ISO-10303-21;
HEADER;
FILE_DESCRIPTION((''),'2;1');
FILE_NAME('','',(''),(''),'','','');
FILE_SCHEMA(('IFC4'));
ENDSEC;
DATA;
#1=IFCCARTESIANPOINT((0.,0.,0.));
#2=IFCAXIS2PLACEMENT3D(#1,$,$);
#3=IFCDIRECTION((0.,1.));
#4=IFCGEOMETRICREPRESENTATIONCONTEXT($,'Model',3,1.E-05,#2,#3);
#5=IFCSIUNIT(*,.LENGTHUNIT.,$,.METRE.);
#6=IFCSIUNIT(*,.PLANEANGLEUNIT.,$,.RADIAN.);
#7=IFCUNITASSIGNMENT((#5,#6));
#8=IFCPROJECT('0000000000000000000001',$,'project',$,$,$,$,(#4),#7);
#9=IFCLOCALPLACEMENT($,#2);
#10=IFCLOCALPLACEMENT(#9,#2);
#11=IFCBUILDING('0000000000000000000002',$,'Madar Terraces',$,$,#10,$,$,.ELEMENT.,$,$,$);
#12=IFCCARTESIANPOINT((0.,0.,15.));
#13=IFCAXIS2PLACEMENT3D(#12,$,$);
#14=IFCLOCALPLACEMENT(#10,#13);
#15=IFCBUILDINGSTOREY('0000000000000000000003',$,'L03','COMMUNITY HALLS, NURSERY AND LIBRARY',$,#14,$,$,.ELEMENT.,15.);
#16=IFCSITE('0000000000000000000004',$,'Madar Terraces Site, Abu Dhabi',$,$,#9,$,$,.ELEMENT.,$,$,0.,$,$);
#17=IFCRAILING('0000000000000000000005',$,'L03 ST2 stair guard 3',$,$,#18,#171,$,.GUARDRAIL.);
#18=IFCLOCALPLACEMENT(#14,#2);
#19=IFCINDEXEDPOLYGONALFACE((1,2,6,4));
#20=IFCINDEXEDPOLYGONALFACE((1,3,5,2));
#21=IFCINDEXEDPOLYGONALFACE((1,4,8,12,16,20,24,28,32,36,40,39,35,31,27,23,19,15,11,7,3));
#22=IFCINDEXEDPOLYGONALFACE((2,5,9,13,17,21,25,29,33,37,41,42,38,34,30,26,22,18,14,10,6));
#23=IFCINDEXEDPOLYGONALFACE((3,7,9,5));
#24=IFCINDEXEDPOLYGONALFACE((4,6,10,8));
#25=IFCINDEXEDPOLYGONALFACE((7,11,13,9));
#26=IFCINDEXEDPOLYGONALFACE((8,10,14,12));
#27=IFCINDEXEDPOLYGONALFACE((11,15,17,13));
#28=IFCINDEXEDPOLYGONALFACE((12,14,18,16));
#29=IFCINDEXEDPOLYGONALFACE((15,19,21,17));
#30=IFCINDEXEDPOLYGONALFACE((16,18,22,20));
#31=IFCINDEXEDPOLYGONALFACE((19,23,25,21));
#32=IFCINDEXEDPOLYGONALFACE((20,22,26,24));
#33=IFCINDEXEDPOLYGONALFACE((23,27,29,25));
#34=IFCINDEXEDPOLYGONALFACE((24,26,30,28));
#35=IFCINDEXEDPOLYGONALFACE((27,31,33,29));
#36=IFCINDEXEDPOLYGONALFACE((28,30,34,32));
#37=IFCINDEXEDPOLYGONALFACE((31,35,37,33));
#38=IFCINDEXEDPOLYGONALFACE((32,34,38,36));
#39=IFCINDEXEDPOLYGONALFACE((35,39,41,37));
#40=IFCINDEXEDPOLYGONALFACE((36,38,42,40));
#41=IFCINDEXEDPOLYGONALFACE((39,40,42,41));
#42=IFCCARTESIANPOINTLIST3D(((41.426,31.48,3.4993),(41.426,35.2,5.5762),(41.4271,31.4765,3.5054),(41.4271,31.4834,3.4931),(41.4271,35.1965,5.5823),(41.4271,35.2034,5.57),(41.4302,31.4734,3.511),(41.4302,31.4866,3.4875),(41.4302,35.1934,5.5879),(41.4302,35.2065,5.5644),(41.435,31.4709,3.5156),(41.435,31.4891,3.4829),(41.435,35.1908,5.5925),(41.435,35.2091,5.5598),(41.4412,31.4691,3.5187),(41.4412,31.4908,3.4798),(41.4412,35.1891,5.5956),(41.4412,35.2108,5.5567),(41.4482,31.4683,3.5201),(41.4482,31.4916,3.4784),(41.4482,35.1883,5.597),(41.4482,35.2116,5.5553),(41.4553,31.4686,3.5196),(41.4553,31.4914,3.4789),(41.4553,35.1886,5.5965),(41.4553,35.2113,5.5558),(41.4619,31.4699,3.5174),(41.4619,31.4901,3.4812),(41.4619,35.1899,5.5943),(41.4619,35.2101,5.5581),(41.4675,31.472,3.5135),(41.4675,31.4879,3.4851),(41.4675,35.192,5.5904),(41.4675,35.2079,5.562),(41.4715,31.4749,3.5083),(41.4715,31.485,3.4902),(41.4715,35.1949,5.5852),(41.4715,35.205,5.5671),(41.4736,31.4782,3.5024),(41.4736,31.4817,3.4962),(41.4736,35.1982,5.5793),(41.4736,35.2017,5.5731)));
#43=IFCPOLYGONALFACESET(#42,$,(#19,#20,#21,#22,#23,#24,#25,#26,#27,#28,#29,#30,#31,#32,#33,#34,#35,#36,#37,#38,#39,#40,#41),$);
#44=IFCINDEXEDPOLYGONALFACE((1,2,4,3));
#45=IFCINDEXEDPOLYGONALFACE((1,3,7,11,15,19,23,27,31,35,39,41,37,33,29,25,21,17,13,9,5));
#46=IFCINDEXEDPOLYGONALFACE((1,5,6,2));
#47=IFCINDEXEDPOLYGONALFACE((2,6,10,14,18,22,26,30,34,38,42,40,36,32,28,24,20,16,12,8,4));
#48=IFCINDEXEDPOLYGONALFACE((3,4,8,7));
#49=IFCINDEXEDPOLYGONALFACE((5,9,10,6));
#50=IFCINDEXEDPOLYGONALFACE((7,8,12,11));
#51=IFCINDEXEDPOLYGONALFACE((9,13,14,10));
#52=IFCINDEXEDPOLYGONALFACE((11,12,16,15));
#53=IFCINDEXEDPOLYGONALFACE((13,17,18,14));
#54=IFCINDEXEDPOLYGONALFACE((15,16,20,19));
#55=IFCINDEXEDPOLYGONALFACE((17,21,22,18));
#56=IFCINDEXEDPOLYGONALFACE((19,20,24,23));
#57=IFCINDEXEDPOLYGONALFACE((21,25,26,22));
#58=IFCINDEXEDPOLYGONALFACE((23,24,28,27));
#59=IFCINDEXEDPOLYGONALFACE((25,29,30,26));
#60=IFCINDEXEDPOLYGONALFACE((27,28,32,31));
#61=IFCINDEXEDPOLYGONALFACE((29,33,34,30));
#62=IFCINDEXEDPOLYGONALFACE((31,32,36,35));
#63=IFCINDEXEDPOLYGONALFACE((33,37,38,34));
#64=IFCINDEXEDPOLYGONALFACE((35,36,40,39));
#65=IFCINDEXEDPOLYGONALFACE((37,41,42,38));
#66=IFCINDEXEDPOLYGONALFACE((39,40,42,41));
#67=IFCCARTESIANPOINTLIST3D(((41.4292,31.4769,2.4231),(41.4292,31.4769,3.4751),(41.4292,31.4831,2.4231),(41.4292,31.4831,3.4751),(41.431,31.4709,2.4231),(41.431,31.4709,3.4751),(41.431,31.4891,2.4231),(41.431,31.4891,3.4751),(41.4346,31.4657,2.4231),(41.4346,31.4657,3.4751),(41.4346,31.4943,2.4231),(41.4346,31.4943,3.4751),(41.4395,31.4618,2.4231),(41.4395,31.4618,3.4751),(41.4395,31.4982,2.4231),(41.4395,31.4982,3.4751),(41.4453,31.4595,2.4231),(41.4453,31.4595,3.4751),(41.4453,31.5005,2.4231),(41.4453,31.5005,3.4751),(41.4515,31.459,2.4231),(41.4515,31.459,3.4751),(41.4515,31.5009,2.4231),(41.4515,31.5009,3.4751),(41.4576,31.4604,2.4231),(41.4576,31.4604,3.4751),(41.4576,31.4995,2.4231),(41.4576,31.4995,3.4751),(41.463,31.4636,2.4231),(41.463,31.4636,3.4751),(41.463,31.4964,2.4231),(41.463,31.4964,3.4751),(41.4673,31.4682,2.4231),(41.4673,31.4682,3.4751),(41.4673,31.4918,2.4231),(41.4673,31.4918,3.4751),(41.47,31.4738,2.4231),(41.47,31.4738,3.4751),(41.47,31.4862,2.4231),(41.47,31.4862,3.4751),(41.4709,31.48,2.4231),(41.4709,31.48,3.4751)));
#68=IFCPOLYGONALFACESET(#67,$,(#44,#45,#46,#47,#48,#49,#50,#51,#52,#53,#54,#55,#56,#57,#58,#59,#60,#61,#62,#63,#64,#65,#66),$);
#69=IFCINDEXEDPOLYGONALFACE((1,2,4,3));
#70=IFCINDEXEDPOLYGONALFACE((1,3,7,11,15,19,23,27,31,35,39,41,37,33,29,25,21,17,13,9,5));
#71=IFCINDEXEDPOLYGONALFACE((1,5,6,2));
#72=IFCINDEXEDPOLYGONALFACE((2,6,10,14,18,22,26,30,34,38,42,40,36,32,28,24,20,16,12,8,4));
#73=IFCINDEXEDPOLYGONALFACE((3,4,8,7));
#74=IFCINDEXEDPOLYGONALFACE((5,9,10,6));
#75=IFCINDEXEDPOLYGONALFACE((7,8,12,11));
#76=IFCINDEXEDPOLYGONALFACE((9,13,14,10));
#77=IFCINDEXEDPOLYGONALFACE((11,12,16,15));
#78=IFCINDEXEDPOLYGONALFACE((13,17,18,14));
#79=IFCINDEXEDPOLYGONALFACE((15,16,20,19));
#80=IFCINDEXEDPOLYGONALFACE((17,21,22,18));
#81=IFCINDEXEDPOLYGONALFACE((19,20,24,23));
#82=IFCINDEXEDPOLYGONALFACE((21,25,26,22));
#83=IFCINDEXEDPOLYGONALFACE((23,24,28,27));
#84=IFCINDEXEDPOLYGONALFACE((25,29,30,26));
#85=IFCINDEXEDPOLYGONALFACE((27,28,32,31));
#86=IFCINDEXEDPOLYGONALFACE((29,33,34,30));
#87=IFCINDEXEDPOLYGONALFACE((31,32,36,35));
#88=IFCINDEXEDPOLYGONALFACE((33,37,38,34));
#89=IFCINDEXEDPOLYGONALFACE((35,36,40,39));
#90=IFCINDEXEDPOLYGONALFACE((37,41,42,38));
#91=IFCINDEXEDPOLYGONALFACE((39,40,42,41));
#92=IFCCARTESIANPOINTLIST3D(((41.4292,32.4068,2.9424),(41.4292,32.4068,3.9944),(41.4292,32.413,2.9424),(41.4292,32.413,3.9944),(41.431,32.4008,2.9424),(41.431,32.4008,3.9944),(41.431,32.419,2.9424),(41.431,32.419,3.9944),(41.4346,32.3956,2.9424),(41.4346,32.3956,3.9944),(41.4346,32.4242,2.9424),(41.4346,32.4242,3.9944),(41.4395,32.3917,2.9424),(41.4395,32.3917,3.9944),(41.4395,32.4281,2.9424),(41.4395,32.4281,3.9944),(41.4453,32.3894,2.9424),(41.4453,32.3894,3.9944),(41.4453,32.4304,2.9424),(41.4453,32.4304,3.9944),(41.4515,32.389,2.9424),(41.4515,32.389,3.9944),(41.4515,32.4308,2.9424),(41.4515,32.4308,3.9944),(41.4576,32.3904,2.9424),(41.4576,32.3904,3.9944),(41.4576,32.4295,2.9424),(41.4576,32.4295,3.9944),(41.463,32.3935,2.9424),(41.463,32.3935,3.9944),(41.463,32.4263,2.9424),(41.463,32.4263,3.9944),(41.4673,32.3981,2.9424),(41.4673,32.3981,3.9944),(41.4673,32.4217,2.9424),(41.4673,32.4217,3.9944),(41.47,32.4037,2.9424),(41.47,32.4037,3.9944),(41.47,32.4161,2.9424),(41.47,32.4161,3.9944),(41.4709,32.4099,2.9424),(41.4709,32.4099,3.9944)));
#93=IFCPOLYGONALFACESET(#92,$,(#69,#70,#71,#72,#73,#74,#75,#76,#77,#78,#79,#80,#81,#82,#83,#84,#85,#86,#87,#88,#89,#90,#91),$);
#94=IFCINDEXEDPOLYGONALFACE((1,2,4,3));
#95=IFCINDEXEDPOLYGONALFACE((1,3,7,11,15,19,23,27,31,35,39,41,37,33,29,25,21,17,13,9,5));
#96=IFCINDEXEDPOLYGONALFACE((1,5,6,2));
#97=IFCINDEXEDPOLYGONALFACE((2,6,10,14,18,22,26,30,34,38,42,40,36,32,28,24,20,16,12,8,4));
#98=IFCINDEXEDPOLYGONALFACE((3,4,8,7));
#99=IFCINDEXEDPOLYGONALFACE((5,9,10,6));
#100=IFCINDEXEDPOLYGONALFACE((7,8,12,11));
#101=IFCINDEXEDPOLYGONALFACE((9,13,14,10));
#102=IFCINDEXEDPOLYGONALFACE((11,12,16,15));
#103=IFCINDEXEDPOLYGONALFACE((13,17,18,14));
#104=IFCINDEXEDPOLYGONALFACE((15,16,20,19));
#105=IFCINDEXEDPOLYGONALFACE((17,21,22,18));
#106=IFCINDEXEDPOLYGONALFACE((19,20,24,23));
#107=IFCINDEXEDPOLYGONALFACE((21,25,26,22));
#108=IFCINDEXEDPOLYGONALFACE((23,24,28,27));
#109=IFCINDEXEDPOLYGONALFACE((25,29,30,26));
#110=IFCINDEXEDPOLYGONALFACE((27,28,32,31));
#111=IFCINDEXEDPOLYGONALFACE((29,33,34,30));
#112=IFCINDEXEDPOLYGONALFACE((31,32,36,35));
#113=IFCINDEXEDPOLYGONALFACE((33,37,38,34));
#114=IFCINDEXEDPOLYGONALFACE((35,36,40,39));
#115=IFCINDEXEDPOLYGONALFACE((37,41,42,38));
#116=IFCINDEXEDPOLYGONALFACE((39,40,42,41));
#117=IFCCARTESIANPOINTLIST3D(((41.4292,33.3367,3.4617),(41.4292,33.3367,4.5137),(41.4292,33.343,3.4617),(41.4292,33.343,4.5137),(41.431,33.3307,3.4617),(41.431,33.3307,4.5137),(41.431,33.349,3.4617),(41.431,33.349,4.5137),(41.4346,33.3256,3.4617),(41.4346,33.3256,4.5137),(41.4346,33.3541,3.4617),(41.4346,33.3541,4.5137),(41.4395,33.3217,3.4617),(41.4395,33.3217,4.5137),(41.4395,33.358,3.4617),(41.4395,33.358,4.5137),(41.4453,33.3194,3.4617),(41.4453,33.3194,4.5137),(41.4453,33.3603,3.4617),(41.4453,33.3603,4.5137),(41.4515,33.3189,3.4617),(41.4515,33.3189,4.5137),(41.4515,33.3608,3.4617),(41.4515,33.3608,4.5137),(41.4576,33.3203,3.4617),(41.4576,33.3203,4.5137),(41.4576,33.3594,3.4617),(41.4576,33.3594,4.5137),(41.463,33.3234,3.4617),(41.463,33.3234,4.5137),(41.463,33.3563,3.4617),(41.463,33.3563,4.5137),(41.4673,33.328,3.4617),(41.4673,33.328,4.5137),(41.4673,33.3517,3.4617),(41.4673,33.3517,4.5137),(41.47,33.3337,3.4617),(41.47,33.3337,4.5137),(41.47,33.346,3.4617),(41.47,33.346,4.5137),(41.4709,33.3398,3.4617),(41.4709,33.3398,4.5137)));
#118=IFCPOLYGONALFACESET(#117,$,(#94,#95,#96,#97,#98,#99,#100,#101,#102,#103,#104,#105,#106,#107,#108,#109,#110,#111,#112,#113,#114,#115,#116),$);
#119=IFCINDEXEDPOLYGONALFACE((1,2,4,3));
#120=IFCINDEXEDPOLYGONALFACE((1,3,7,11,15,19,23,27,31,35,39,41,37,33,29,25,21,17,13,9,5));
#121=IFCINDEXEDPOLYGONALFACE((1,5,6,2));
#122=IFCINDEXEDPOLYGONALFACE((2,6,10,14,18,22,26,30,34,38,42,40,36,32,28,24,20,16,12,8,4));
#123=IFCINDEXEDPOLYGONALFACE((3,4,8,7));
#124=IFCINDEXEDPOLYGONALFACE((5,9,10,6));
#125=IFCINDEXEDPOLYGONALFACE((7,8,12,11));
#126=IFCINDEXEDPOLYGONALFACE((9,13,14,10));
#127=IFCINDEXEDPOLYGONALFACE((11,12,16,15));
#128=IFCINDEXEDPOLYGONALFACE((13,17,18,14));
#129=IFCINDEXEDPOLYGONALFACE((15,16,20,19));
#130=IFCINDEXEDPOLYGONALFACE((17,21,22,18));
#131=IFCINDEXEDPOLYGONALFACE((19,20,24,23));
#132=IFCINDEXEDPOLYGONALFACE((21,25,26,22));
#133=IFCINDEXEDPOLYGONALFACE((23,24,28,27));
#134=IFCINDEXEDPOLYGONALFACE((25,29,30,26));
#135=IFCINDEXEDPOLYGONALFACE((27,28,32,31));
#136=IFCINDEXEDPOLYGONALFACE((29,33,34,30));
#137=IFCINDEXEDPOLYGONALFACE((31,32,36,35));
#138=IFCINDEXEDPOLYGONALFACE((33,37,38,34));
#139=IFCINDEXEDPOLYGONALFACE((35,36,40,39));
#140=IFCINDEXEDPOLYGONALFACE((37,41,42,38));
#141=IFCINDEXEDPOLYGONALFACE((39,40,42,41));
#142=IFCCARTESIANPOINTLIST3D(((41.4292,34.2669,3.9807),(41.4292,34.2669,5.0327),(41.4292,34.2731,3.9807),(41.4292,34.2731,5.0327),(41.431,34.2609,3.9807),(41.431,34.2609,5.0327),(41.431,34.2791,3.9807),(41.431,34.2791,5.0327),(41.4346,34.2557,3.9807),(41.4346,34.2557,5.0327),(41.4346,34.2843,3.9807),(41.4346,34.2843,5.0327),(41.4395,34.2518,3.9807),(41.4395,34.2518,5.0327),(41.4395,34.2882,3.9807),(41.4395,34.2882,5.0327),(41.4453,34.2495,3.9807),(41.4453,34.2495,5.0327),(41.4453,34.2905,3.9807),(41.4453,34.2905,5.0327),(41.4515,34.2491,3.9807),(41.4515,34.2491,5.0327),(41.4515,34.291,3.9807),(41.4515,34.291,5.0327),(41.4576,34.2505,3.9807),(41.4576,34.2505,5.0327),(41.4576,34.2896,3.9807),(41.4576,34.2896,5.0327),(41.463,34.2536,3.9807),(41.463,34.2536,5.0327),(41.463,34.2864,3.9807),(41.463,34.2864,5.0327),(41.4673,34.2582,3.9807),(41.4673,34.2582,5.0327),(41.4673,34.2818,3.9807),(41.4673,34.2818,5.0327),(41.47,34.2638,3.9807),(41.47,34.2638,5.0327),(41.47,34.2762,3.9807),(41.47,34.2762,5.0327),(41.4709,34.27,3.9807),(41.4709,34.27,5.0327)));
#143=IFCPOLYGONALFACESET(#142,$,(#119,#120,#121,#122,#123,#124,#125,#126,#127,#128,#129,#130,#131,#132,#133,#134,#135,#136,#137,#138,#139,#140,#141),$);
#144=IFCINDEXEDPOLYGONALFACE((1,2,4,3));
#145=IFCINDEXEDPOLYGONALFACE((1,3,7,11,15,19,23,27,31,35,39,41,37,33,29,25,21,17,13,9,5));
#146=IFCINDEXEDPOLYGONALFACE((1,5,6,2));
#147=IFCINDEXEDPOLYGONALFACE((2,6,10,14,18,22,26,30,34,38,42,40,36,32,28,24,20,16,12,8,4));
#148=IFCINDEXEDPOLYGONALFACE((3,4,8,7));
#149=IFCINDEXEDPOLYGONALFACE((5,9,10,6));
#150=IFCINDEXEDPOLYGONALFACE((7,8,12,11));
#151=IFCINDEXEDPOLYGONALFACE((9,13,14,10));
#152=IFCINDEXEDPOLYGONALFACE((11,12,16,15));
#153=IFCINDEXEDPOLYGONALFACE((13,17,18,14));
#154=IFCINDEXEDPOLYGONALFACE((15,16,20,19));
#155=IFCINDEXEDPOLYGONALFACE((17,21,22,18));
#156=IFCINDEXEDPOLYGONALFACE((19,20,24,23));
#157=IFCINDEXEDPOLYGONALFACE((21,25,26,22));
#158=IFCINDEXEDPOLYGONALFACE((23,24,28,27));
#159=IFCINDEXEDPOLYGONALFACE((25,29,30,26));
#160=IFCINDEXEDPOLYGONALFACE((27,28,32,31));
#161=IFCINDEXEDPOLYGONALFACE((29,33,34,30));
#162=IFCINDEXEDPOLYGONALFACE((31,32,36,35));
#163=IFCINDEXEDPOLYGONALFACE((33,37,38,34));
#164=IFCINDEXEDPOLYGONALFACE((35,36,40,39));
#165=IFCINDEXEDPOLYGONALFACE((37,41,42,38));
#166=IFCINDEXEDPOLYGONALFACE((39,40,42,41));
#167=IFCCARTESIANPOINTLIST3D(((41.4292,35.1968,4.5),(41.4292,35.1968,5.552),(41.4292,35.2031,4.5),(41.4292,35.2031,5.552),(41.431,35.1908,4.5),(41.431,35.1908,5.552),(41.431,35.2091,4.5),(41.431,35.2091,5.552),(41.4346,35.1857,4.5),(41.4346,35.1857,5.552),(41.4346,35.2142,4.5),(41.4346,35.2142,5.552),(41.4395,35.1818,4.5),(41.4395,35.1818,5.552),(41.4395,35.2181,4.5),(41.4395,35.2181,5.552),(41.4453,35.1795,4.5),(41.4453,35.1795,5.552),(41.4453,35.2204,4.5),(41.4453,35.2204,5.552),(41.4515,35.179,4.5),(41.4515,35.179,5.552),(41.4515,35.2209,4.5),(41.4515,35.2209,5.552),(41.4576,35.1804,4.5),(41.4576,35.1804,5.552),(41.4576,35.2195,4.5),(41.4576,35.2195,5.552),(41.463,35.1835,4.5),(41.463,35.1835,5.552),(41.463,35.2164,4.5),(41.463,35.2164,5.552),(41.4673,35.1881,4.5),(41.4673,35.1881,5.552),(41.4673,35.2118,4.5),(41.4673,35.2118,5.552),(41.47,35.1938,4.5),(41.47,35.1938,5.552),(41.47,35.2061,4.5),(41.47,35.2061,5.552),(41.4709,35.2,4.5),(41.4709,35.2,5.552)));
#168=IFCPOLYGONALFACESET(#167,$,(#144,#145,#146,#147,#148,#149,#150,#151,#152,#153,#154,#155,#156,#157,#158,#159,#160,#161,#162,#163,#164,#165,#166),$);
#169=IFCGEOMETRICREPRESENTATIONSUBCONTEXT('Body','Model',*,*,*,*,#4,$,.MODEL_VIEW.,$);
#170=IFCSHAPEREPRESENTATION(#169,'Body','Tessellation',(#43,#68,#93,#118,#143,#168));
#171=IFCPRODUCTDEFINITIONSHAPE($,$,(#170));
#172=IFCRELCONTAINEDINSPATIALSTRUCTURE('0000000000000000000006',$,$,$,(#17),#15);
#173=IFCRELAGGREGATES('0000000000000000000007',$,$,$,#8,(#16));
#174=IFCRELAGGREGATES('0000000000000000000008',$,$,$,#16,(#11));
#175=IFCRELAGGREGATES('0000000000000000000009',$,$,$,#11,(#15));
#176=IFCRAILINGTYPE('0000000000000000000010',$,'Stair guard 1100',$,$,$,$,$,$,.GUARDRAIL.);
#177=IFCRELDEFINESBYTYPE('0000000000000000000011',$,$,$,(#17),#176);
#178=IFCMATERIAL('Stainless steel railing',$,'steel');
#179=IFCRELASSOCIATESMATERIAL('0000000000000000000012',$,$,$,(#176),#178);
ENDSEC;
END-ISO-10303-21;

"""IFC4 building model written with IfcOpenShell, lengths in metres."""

from ifc_helpers import new_model, si_unit, direction, frame, origin, origin_2d, place, context, subcontext, project, spatial, circle, extrude, material, type_object, element, save


model = new_model("IFC4")

# Units and contexts
model_context = context("Model", 3, precision=1e-05, world=origin(), true_north=direction((0.0, 1.0)))
body_context = subcontext(model_context, "Body", "Model", "MODEL_VIEW")
ifc_project = project(units=[si_unit("LENGTHUNIT", "METRE"), si_unit("PLANEANGLEUNIT", "RADIAN")], contexts=[model_context])

# Site, building, storey
site_placement = place(None, origin())
site = spatial("IfcSite", under=ifc_project, at=site_placement, Name="Madar Terraces Site, Abu Dhabi", CompositionType="ELEMENT", RefElevation=0.0)
building_placement = place(site_placement, origin())
building = spatial("IfcBuilding", under=site, at=building_placement, Name="Madar Terraces", CompositionType="ELEMENT")
storey_placement = place(building_placement, frame((0.0, 0.0, 15.0)))
storey = spatial("IfcBuildingStorey", under=building, at=storey_placement, Name="L03", Description="COMMUNITY HALLS, NURSERY AND LIBRARY", CompositionType="ELEMENT", Elevation=15.0)

# Railing
ifc_material_1 = material(Name="Stainless steel railing", Category="steel")
railing_type_1 = type_object("IfcRailingType", Name="Stair guard 1100", PredefinedType="GUARDRAIL", material=ifc_material_1)
railing_1_placement = place(storey_placement, frame((41.45, 31.48, 2.4231)))
element("IfcRailing", 1, at=railing_1_placement, inside=storey, type_object=railing_type_1, Name="L03 ST2 stair guard 3", PredefinedType="GUARDRAIL", context=body_context, shape_type="SweptSolid", body=[
    extrude(circle(Radius=0.0239, at=origin_2d()), frame((0.0, 0.0, 1.0762), z_axis=(0.0, 0.873134, 0.487481), x_axis=(-1.0, 0.0, 0.0)), (0.0, 0.0, 1.0), 4.2605),
    extrude(circle(Radius=0.021, at=origin_2d()), origin(), (0.0, 0.0, 1.0), 1.052),
    extrude(circle(Radius=0.021, at=origin_2d()), frame((0.0, 0.9299, 0.5193)), (0.0, 0.0, 1.0), 1.052),
    extrude(circle(Radius=0.021, at=origin_2d()), frame((0.0, 1.8599, 1.0386)), (0.0, 0.0, 1.0), 1.052),
    extrude(circle(Radius=0.021, at=origin_2d()), frame((0.0, 2.79, 1.5576)), (0.0, 0.0, 1.0), 1.052),
    extrude(circle(Radius=0.021, at=origin_2d()), frame((0.0, 3.72, 2.0769)), (0.0, 0.0, 1.0), 1.052),
])

save(model, "model.ifc")
